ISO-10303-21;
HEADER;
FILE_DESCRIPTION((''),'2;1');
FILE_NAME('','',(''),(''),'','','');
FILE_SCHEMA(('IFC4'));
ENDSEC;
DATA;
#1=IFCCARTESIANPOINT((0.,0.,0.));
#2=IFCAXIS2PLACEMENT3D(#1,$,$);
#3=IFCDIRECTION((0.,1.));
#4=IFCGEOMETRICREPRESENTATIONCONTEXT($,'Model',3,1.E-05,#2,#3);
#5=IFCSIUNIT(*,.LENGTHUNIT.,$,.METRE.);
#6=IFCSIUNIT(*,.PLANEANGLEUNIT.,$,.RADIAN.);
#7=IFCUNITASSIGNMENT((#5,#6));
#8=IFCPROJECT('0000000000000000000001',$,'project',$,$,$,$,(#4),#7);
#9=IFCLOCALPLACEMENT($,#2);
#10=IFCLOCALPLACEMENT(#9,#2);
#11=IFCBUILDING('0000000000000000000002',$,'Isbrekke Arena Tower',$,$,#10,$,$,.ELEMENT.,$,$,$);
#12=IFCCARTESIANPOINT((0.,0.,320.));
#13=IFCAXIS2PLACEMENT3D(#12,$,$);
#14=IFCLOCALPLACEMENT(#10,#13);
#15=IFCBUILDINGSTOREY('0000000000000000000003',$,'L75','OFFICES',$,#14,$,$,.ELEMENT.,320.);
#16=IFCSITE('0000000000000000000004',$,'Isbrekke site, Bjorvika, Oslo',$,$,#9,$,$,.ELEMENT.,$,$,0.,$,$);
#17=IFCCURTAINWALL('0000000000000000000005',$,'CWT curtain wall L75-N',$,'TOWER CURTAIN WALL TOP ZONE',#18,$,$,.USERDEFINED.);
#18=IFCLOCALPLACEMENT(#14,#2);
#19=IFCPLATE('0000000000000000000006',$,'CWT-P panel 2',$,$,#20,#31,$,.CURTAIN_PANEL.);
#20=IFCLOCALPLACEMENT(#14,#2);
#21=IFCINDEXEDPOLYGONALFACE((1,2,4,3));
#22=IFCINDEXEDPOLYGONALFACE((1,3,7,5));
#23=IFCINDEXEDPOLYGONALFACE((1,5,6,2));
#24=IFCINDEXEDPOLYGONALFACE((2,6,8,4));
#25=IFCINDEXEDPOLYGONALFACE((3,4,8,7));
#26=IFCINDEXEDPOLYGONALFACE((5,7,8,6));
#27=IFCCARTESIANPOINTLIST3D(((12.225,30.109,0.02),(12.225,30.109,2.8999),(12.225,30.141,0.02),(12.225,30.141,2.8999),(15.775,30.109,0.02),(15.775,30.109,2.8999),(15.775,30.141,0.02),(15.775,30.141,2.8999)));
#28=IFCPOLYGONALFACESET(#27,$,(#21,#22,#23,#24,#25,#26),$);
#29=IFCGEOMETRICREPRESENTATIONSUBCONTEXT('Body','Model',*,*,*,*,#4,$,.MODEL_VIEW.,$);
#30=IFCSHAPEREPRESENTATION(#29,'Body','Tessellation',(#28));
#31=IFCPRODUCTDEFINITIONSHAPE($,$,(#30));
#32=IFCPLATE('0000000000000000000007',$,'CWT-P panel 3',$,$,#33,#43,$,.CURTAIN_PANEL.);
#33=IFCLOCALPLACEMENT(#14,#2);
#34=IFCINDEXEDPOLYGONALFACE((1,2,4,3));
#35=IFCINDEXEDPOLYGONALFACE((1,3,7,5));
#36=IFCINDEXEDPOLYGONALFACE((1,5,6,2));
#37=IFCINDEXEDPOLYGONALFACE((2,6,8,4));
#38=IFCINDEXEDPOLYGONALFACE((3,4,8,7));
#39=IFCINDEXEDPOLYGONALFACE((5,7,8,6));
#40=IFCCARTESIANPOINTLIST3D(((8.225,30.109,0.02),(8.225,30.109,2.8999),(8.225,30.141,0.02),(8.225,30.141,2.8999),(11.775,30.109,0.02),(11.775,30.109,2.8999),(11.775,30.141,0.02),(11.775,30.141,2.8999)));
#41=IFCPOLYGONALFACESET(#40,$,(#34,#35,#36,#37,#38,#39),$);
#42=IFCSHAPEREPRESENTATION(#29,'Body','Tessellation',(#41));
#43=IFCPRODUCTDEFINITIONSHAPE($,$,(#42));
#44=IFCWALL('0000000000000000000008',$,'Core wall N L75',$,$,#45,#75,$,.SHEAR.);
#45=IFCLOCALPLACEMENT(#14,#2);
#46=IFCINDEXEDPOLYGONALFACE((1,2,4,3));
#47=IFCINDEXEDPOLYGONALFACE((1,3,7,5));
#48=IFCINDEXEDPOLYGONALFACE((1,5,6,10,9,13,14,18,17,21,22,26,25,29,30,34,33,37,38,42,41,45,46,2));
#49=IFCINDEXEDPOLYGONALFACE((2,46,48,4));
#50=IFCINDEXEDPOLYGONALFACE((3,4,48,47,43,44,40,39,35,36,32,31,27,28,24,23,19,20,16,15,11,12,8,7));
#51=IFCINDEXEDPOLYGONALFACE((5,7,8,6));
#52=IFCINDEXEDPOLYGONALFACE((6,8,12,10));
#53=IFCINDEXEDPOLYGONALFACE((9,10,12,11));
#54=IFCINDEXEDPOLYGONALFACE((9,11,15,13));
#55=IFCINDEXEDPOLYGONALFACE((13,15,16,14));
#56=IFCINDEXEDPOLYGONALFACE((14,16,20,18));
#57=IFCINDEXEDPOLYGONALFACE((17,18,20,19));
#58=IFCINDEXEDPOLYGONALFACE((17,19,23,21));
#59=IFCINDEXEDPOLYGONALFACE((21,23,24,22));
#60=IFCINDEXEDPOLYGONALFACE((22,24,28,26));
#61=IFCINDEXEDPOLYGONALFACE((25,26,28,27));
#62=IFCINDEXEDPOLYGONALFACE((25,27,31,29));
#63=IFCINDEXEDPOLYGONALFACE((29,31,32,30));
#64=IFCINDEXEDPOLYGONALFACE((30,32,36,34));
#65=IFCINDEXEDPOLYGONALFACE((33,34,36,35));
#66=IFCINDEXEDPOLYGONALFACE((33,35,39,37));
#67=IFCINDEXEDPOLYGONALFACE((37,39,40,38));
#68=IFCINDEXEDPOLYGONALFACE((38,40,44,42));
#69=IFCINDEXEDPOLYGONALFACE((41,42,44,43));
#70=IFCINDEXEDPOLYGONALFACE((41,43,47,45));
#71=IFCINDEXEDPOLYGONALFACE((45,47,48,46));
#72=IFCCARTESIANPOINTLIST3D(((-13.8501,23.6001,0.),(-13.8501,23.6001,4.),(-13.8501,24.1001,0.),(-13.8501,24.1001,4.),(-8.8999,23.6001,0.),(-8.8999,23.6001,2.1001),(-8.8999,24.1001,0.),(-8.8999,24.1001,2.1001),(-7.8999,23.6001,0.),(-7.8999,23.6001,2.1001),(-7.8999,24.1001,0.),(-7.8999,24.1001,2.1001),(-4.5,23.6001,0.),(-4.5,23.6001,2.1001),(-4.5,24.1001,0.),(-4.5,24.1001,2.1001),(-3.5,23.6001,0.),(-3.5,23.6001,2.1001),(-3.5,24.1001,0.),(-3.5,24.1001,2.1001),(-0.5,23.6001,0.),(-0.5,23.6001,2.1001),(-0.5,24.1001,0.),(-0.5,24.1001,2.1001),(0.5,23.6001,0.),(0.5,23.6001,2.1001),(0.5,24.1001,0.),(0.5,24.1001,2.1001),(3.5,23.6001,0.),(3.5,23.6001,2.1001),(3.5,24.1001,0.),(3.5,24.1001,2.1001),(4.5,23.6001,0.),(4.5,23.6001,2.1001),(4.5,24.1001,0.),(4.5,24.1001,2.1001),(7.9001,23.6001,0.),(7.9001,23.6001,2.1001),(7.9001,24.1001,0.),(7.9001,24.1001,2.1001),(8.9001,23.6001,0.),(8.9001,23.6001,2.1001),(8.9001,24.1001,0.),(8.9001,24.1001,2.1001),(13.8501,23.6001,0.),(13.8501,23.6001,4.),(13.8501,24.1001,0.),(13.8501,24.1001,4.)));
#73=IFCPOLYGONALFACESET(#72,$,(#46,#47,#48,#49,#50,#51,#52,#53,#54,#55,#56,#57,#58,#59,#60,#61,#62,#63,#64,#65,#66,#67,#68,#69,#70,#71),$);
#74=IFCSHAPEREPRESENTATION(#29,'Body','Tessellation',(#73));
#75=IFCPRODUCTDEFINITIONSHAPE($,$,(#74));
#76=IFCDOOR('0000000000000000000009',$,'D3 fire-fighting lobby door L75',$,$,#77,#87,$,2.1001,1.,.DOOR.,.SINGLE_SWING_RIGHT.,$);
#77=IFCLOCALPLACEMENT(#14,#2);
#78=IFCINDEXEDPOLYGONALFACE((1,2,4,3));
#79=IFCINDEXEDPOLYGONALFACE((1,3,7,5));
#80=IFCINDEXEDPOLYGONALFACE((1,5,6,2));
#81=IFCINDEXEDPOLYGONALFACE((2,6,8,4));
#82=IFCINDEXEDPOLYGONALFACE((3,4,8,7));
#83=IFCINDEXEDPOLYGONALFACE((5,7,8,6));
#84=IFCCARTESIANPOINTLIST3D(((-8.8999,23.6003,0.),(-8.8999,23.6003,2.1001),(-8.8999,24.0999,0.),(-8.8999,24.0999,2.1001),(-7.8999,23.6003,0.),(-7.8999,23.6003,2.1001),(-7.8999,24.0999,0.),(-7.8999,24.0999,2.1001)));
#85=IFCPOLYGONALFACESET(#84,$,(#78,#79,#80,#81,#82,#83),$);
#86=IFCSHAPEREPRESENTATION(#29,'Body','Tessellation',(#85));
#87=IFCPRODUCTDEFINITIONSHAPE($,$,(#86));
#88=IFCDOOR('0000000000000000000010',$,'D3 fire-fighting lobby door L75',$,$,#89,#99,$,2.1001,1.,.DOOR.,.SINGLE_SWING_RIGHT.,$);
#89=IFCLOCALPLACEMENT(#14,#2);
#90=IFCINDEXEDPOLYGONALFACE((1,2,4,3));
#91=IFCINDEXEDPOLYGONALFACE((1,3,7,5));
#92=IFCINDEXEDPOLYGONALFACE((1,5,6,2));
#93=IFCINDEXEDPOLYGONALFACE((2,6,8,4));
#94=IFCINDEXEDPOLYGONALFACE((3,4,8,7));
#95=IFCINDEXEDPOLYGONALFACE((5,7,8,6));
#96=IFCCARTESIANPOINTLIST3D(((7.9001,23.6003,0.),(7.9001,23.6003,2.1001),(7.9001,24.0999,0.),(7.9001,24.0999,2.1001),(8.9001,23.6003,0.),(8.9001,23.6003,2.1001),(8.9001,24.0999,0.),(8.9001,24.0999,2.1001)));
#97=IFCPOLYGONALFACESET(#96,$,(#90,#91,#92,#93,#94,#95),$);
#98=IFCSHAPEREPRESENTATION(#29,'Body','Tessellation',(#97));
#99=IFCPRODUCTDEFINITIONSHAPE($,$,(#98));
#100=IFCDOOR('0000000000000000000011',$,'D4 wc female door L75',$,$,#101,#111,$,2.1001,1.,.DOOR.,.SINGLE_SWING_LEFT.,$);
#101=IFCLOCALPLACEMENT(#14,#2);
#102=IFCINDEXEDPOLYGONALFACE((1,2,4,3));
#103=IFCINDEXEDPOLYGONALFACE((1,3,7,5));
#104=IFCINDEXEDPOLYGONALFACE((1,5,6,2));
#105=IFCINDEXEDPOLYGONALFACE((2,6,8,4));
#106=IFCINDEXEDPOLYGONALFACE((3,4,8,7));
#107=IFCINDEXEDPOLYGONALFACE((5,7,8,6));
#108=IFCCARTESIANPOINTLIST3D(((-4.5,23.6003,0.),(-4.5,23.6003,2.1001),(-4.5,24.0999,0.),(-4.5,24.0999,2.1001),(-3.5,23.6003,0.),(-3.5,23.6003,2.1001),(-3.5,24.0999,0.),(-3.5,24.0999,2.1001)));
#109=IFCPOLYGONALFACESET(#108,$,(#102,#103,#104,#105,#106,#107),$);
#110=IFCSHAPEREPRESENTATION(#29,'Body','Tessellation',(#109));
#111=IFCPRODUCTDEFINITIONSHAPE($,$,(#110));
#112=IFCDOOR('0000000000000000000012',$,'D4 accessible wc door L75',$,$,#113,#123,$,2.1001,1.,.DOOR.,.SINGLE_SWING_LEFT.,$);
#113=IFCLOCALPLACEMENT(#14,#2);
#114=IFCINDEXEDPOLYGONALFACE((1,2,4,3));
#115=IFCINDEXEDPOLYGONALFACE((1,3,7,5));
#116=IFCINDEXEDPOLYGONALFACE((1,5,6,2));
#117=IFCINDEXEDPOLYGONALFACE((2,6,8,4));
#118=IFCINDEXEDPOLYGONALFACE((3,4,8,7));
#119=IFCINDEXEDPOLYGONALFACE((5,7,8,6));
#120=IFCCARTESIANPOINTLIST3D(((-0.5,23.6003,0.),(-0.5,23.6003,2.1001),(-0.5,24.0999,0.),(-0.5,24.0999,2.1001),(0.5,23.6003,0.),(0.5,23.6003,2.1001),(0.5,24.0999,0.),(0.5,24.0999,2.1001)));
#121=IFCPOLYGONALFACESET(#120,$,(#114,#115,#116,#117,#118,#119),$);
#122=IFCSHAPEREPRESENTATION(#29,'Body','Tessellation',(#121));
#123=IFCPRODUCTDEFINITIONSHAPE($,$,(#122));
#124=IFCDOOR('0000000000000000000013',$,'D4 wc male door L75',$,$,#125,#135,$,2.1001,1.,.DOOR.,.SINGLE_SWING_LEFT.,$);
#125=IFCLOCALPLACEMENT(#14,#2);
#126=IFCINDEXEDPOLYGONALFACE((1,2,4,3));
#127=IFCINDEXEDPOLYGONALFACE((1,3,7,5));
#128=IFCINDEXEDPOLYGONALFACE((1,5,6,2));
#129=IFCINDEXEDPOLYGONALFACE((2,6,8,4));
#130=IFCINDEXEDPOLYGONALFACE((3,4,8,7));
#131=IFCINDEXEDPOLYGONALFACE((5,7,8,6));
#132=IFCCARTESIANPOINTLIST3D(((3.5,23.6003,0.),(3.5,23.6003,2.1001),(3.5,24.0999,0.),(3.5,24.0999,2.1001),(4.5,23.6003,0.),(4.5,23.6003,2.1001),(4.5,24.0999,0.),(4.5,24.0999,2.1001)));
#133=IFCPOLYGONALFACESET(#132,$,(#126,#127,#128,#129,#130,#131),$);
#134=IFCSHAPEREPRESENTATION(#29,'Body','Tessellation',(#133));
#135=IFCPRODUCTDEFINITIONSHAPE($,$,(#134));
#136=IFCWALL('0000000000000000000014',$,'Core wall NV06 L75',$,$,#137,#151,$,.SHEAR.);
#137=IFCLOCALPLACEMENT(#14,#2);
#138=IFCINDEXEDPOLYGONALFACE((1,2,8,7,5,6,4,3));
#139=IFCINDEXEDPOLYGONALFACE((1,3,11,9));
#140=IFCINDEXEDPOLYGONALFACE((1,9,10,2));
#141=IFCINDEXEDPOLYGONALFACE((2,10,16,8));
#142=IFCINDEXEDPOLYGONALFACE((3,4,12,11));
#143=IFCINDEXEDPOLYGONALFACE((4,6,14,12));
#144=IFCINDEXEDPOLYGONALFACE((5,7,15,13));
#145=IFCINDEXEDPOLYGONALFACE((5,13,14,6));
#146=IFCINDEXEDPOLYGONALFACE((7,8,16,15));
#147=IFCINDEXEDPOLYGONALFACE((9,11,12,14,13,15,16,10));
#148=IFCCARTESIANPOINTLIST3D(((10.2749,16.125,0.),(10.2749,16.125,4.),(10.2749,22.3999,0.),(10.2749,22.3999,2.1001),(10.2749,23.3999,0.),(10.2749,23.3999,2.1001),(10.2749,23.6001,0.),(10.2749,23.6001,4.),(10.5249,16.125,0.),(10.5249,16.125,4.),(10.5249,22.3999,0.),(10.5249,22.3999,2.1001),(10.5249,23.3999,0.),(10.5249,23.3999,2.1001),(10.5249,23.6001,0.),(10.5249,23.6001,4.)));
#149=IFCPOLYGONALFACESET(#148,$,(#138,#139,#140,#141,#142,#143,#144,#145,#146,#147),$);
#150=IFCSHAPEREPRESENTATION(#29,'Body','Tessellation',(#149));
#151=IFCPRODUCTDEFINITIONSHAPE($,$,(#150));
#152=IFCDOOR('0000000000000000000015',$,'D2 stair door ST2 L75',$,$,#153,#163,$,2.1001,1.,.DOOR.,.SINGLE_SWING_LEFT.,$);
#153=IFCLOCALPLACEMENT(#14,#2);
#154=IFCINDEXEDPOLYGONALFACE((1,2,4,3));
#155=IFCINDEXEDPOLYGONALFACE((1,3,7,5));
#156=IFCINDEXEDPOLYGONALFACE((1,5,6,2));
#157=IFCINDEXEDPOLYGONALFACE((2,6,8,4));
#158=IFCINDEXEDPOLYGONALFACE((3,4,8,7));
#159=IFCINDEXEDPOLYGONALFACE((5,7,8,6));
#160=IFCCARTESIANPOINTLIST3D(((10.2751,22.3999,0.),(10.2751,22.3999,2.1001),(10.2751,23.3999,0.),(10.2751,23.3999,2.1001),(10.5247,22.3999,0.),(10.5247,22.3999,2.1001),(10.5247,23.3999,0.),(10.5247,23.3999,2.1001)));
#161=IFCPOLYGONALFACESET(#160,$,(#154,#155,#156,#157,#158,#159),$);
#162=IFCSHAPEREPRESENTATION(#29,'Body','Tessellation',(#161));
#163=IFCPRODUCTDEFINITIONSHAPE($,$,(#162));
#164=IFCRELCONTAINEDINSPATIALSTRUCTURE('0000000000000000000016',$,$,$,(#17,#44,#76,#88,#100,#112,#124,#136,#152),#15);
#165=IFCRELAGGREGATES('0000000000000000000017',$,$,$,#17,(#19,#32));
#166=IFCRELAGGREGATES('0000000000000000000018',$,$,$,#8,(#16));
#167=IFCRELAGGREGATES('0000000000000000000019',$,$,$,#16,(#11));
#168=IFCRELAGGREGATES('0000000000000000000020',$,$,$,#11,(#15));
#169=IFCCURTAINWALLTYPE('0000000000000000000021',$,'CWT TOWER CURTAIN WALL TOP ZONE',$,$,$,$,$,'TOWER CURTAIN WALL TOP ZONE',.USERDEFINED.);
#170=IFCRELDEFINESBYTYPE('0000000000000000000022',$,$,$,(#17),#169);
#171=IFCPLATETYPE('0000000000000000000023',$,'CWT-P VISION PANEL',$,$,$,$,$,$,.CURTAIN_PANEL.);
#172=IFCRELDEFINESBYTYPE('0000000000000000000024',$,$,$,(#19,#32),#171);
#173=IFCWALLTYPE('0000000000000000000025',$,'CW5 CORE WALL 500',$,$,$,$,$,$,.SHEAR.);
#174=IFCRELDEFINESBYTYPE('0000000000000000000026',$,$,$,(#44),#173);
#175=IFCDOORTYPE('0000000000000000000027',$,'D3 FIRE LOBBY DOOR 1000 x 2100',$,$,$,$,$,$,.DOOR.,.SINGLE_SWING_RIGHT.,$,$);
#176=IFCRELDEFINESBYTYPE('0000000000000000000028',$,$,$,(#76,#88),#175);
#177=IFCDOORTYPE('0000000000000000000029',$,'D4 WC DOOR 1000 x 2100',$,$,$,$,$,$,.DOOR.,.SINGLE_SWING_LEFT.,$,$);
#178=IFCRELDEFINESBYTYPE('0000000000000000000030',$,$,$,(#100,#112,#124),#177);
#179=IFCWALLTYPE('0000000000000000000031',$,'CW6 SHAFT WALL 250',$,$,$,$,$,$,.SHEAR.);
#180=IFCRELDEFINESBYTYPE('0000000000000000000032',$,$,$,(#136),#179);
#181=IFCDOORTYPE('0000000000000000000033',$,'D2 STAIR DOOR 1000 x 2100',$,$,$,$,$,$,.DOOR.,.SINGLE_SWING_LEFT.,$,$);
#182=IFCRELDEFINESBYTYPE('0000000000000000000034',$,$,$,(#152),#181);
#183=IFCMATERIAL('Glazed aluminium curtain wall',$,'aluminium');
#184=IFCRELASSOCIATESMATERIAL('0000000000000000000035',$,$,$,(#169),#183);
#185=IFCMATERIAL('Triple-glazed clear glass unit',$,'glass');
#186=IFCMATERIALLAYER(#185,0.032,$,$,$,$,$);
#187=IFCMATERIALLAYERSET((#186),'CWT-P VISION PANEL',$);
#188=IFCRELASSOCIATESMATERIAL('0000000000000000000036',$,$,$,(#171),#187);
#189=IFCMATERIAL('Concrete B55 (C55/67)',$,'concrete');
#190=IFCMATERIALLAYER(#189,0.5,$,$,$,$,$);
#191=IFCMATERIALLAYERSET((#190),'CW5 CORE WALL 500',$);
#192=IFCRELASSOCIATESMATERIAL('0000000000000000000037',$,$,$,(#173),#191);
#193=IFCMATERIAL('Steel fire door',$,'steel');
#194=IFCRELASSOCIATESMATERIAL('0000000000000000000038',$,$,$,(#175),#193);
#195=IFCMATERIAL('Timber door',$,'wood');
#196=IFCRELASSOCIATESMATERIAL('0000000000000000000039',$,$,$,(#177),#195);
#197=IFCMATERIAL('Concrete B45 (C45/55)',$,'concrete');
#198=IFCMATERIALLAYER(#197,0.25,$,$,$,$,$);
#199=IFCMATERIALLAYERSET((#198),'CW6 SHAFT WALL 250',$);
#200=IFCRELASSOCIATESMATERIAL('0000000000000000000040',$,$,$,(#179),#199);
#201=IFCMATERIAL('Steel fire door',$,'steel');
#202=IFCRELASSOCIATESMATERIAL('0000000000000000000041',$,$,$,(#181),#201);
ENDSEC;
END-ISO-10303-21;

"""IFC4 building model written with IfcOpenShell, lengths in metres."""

from ifc_helpers import new_model, si_unit, direction, frame, frame_2d, origin, origin_2d, place, context, subcontext, project, spatial, rectangle, extrude, material, layer, layer_set, type_object, element, fill, aggregate, save


model = new_model("IFC4")

# Units and contexts
model_context = context("Model", 3, precision=1e-05, world=origin(), true_north=direction((0.0, 1.0)))
body_context = subcontext(model_context, "Body", "Model", "MODEL_VIEW")
ifc_project = project(units=[si_unit("LENGTHUNIT", "METRE"), si_unit("PLANEANGLEUNIT", "RADIAN")], contexts=[model_context])

# Site, building, storey
site_placement = place(None, origin())
site = spatial("IfcSite", under=ifc_project, at=site_placement, Name="Isbrekke site, Bjorvika, Oslo", CompositionType="ELEMENT", RefElevation=0.0)
building_placement = place(site_placement, origin())
building = spatial("IfcBuilding", under=site, at=building_placement, Name="Isbrekke Arena Tower", CompositionType="ELEMENT")
storey_placement = place(building_placement, frame((0.0, 0.0, 320.0)))
storey = spatial("IfcBuildingStorey", under=building, at=storey_placement, Name="L75", Description="OFFICES", CompositionType="ELEMENT", Elevation=320.0)

# Curtain wall
ifc_material_1 = material(Name="Glazed aluminium curtain wall", Category="aluminium")
curtain_wall_type = type_object("IfcCurtainWallType", Name="CWT TOWER CURTAIN WALL TOP ZONE", ElementType="TOWER CURTAIN WALL TOP ZONE", PredefinedType="USERDEFINED", material=ifc_material_1)
curtain_wall_placement = place(storey_placement, origin())
curtain_wall = element("IfcCurtainWall", 1, at=curtain_wall_placement, inside=storey, type_object=curtain_wall_type, Name="CWT curtain wall L75-N", ObjectType="TOWER CURTAIN WALL TOP ZONE", PredefinedType="USERDEFINED")

# Plates
ifc_material_2 = material(Name="Triple-glazed clear glass unit", Category="glass")
ifc_layer_1 = layer(ifc_material_2, 0.032)
ifc_layer_set_1 = layer_set([ifc_layer_1], Name="CWT-P VISION PANEL")
plate_type = type_object("IfcPlateType", Name="CWT-P VISION PANEL", PredefinedType="CURTAIN_PANEL", material=ifc_layer_set_1)
plate_1_placement = place(storey_placement, frame((14.0, 30.125, 0.02), z_axis=(0.0, 0.0, 1.0), x_axis=(-1.0, 0.0, 0.0)))
plate_1 = element("IfcPlate", 2, at=plate_1_placement, type_object=plate_type, Name="CWT-P panel 2", PredefinedType="CURTAIN_PANEL", context=body_context, shape_type="SweptSolid", body=[
    extrude(rectangle(XDim=3.55, YDim=0.032, at=origin_2d()), origin(), (0.0, 0.0, 1.0), 2.8799),
])
plate_2_placement = place(storey_placement, frame((10.0, 30.125, 0.02), z_axis=(0.0, 0.0, 1.0), x_axis=(-1.0, 0.0, 0.0)))
plate_2 = element("IfcPlate", 3, at=plate_2_placement, type_object=plate_type, Name="CWT-P panel 3", PredefinedType="CURTAIN_PANEL", context=body_context, shape_type="SweptSolid", body=[
    extrude(rectangle(XDim=3.55, YDim=0.032, at=origin_2d()), origin(), (0.0, 0.0, 1.0), 2.8799),
])
aggregate(curtain_wall, [plate_1, plate_2])

# Wall, openings, doors
ifc_material_3 = material(Name="Concrete B55 (C55/67)", Category="concrete")
ifc_layer_2 = layer(ifc_material_3, 0.5)
ifc_layer_set_2 = layer_set([ifc_layer_2], Name="CW5 CORE WALL 500")
wall_type_1 = type_object("IfcWallType", Name="CW5 CORE WALL 500", PredefinedType="SHEAR", material=ifc_layer_set_2)
wall_1_placement = place(storey_placement, frame((13.8501, 23.8501, 0.0), z_axis=(0.0, 0.0, 1.0), x_axis=(-1.0, 0.0, 0.0)))
wall_1 = element("IfcWall", 4, at=wall_1_placement, inside=storey, type_object=wall_type_1, Name="Core wall N L75", PredefinedType="SHEAR", context=body_context, shape_type="SweptSolid", body=[
    extrude(rectangle(XDim=27.7002, YDim=0.5, at=frame_2d((13.8501, 0.0))), origin(), (0.0, 0.0, 1.0), 4.0),
])
opening_1_placement = place(wall_1_placement, frame((21.75, 0.0, 0.0)))
opening_1 = element("IfcOpeningElement", 5, at=opening_1_placement, cuts=wall_1, PredefinedType="OPENING", context=body_context, shape_type="SweptSolid", body=[
    extrude(rectangle(XDim=1.0, YDim=2.1001, at=frame_2d((0.5, 1.05))), frame((0.0, 0.2649, 0.0), z_axis=(0.0, -1.0, 0.0), x_axis=(1.0, 0.0, 0.0)), (0.0, 0.0, 1.0), 0.5298),
])
opening_2_placement = place(wall_1_placement, frame((4.95, 0.0, 0.0)))
opening_2 = element("IfcOpeningElement", 6, at=opening_2_placement, cuts=wall_1, PredefinedType="OPENING", context=body_context, shape_type="SweptSolid", body=[
    extrude(rectangle(XDim=1.0, YDim=2.1001, at=frame_2d((0.5, 1.05))), frame((0.0, 0.2649, 0.0), z_axis=(0.0, -1.0, 0.0), x_axis=(1.0, 0.0, 0.0)), (0.0, 0.0, 1.0), 0.5298),
])
opening_3_placement = place(wall_1_placement, frame((17.3501, 0.0, 0.0)))
opening_3 = element("IfcOpeningElement", 7, at=opening_3_placement, cuts=wall_1, PredefinedType="OPENING", context=body_context, shape_type="SweptSolid", body=[
    extrude(rectangle(XDim=1.0, YDim=2.1001, at=frame_2d((0.5, 1.05))), frame((0.0, 0.2649, 0.0), z_axis=(0.0, -1.0, 0.0), x_axis=(1.0, 0.0, 0.0)), (0.0, 0.0, 1.0), 0.5298),
])
opening_4_placement = place(wall_1_placement, frame((13.3501, 0.0, 0.0)))
opening_4 = element("IfcOpeningElement", 8, at=opening_4_placement, cuts=wall_1, PredefinedType="OPENING", context=body_context, shape_type="SweptSolid", body=[
    extrude(rectangle(XDim=1.0, YDim=2.1001, at=frame_2d((0.5, 1.05))), frame((0.0, 0.2649, 0.0), z_axis=(0.0, -1.0, 0.0), x_axis=(1.0, 0.0, 0.0)), (0.0, 0.0, 1.0), 0.5298),
])
opening_5_placement = place(wall_1_placement, frame((9.3501, 0.0, 0.0)))
opening_5 = element("IfcOpeningElement", 9, at=opening_5_placement, cuts=wall_1, PredefinedType="OPENING", context=body_context, shape_type="SweptSolid", body=[
    extrude(rectangle(XDim=1.0, YDim=2.1001, at=frame_2d((0.5, 1.05))), frame((0.0, 0.2649, 0.0), z_axis=(0.0, -1.0, 0.0), x_axis=(1.0, 0.0, 0.0)), (0.0, 0.0, 1.0), 0.5298),
])
ifc_material_4 = material(Name="Steel fire door", Category="steel")
door_type_1 = type_object("IfcDoorType", Name="D3 FIRE LOBBY DOOR 1000 x 2100", OperationType="SINGLE_SWING_RIGHT", PredefinedType="DOOR", material=ifc_material_4)
door_1_placement = place(opening_1_placement, origin())
door_1 = element("IfcDoor", 10, at=door_1_placement, inside=storey, type_object=door_type_1, Name="D3 fire-fighting lobby door L75", OperationType="SINGLE_SWING_RIGHT", OverallHeight=2.1001, OverallWidth=1.0, PredefinedType="DOOR", context=body_context, shape_type="SweptSolid", body=[
    extrude(rectangle(XDim=1.0, YDim=2.1001, at=frame_2d((0.5, 1.05))), frame((0.0, 0.2498, 0.0), z_axis=(0.0, -1.0, 0.0), x_axis=(1.0, 0.0, 0.0)), (0.0, 0.0, 1.0), 0.4995),
])
fill(opening_1, door_1)
door_2_placement = place(opening_2_placement, origin())
door_2 = element("IfcDoor", 11, at=door_2_placement, inside=storey, type_object=door_type_1, Name="D3 fire-fighting lobby door L75", OperationType="SINGLE_SWING_RIGHT", OverallHeight=2.1001, OverallWidth=1.0, PredefinedType="DOOR", context=body_context, shape_type="SweptSolid", body=[
    extrude(rectangle(XDim=1.0, YDim=2.1001, at=frame_2d((0.5, 1.05))), frame((0.0, 0.2498, 0.0), z_axis=(0.0, -1.0, 0.0), x_axis=(1.0, 0.0, 0.0)), (0.0, 0.0, 1.0), 0.4995),
])
fill(opening_2, door_2)
ifc_material_5 = material(Name="Timber door", Category="wood")
door_type_2 = type_object("IfcDoorType", Name="D4 WC DOOR 1000 x 2100", OperationType="SINGLE_SWING_LEFT", PredefinedType="DOOR", material=ifc_material_5)
door_3_placement = place(opening_3_placement, origin())
door_3 = element("IfcDoor", 12, at=door_3_placement, inside=storey, type_object=door_type_2, Name="D4 wc female door L75", OperationType="SINGLE_SWING_LEFT", OverallHeight=2.1001, OverallWidth=1.0, PredefinedType="DOOR", context=body_context, shape_type="SweptSolid", body=[
    extrude(rectangle(XDim=1.0, YDim=2.1001, at=frame_2d((0.5, 1.05))), frame((0.0, 0.2498, 0.0), z_axis=(0.0, -1.0, 0.0), x_axis=(1.0, 0.0, 0.0)), (0.0, 0.0, 1.0), 0.4995),
])
fill(opening_3, door_3)
door_4_placement = place(opening_4_placement, origin())
door_4 = element("IfcDoor", 13, at=door_4_placement, inside=storey, type_object=door_type_2, Name="D4 accessible wc door L75", OperationType="SINGLE_SWING_LEFT", OverallHeight=2.1001, OverallWidth=1.0, PredefinedType="DOOR", context=body_context, shape_type="SweptSolid", body=[
    extrude(rectangle(XDim=1.0, YDim=2.1001, at=frame_2d((0.5, 1.05))), frame((0.0, 0.2498, 0.0), z_axis=(0.0, -1.0, 0.0), x_axis=(1.0, 0.0, 0.0)), (0.0, 0.0, 1.0), 0.4995),
])
fill(opening_4, door_4)
door_5_placement = place(opening_5_placement, origin())
door_5 = element("IfcDoor", 14, at=door_5_placement, inside=storey, type_object=door_type_2, Name="D4 wc male door L75", OperationType="SINGLE_SWING_LEFT", OverallHeight=2.1001, OverallWidth=1.0, PredefinedType="DOOR", context=body_context, shape_type="SweptSolid", body=[
    extrude(rectangle(XDim=1.0, YDim=2.1001, at=frame_2d((0.5, 1.05))), frame((0.0, 0.2498, 0.0), z_axis=(0.0, -1.0, 0.0), x_axis=(1.0, 0.0, 0.0)), (0.0, 0.0, 1.0), 0.4995),
])
fill(opening_5, door_5)

# Wall, opening, door
ifc_material_6 = material(Name="Concrete B45 (C45/55)", Category="concrete")
ifc_layer_3 = layer(ifc_material_6, 0.25)
ifc_layer_set_3 = layer_set([ifc_layer_3], Name="CW6 SHAFT WALL 250")
wall_type_2 = type_object("IfcWallType", Name="CW6 SHAFT WALL 250", PredefinedType="SHEAR", material=ifc_layer_set_3)
wall_2_placement = place(storey_placement, frame((10.3999, 16.125, 0.0), z_axis=(0.0, 0.0, 1.0), x_axis=(0.0, 1.0, 0.0)))
wall_2 = element("IfcWall", 15, at=wall_2_placement, inside=storey, type_object=wall_type_2, Name="Core wall NV06 L75", PredefinedType="SHEAR", context=body_context, shape_type="SweptSolid", body=[
    extrude(rectangle(XDim=7.4751, YDim=0.25, at=frame_2d((3.7375, 0.0))), origin(), (0.0, 0.0, 1.0), 4.0),
])
opening_6_placement = place(wall_2_placement, frame((6.2749, 0.0, 0.0)))
opening_6 = element("IfcOpeningElement", 16, at=opening_6_placement, cuts=wall_2, PredefinedType="OPENING", context=body_context, shape_type="SweptSolid", body=[
    extrude(rectangle(XDim=1.0, YDim=2.1001, at=frame_2d((0.5, 1.05))), frame((0.0, 0.1399, 0.0), z_axis=(0.0, -1.0, 0.0), x_axis=(1.0, 0.0, 0.0)), (0.0, 0.0, 1.0), 0.2798),
])
ifc_material_7 = material(Name="Steel fire door", Category="steel")
door_type_3 = type_object("IfcDoorType", Name="D2 STAIR DOOR 1000 x 2100", OperationType="SINGLE_SWING_LEFT", PredefinedType="DOOR", material=ifc_material_7)
door_6_placement = place(opening_6_placement, origin())
door_6 = element("IfcDoor", 17, at=door_6_placement, inside=storey, type_object=door_type_3, Name="D2 stair door ST2 L75", OperationType="SINGLE_SWING_LEFT", OverallHeight=2.1001, OverallWidth=1.0, PredefinedType="DOOR", context=body_context, shape_type="SweptSolid", body=[
    extrude(rectangle(XDim=1.0, YDim=2.1001, at=frame_2d((0.5, 1.05))), frame((0.0, 0.1248, 0.0), z_axis=(0.0, -1.0, 0.0), x_axis=(1.0, 0.0, 0.0)), (0.0, 0.0, 1.0), 0.2495),
])
fill(opening_6, door_6)

save(model, "model.ifc")
